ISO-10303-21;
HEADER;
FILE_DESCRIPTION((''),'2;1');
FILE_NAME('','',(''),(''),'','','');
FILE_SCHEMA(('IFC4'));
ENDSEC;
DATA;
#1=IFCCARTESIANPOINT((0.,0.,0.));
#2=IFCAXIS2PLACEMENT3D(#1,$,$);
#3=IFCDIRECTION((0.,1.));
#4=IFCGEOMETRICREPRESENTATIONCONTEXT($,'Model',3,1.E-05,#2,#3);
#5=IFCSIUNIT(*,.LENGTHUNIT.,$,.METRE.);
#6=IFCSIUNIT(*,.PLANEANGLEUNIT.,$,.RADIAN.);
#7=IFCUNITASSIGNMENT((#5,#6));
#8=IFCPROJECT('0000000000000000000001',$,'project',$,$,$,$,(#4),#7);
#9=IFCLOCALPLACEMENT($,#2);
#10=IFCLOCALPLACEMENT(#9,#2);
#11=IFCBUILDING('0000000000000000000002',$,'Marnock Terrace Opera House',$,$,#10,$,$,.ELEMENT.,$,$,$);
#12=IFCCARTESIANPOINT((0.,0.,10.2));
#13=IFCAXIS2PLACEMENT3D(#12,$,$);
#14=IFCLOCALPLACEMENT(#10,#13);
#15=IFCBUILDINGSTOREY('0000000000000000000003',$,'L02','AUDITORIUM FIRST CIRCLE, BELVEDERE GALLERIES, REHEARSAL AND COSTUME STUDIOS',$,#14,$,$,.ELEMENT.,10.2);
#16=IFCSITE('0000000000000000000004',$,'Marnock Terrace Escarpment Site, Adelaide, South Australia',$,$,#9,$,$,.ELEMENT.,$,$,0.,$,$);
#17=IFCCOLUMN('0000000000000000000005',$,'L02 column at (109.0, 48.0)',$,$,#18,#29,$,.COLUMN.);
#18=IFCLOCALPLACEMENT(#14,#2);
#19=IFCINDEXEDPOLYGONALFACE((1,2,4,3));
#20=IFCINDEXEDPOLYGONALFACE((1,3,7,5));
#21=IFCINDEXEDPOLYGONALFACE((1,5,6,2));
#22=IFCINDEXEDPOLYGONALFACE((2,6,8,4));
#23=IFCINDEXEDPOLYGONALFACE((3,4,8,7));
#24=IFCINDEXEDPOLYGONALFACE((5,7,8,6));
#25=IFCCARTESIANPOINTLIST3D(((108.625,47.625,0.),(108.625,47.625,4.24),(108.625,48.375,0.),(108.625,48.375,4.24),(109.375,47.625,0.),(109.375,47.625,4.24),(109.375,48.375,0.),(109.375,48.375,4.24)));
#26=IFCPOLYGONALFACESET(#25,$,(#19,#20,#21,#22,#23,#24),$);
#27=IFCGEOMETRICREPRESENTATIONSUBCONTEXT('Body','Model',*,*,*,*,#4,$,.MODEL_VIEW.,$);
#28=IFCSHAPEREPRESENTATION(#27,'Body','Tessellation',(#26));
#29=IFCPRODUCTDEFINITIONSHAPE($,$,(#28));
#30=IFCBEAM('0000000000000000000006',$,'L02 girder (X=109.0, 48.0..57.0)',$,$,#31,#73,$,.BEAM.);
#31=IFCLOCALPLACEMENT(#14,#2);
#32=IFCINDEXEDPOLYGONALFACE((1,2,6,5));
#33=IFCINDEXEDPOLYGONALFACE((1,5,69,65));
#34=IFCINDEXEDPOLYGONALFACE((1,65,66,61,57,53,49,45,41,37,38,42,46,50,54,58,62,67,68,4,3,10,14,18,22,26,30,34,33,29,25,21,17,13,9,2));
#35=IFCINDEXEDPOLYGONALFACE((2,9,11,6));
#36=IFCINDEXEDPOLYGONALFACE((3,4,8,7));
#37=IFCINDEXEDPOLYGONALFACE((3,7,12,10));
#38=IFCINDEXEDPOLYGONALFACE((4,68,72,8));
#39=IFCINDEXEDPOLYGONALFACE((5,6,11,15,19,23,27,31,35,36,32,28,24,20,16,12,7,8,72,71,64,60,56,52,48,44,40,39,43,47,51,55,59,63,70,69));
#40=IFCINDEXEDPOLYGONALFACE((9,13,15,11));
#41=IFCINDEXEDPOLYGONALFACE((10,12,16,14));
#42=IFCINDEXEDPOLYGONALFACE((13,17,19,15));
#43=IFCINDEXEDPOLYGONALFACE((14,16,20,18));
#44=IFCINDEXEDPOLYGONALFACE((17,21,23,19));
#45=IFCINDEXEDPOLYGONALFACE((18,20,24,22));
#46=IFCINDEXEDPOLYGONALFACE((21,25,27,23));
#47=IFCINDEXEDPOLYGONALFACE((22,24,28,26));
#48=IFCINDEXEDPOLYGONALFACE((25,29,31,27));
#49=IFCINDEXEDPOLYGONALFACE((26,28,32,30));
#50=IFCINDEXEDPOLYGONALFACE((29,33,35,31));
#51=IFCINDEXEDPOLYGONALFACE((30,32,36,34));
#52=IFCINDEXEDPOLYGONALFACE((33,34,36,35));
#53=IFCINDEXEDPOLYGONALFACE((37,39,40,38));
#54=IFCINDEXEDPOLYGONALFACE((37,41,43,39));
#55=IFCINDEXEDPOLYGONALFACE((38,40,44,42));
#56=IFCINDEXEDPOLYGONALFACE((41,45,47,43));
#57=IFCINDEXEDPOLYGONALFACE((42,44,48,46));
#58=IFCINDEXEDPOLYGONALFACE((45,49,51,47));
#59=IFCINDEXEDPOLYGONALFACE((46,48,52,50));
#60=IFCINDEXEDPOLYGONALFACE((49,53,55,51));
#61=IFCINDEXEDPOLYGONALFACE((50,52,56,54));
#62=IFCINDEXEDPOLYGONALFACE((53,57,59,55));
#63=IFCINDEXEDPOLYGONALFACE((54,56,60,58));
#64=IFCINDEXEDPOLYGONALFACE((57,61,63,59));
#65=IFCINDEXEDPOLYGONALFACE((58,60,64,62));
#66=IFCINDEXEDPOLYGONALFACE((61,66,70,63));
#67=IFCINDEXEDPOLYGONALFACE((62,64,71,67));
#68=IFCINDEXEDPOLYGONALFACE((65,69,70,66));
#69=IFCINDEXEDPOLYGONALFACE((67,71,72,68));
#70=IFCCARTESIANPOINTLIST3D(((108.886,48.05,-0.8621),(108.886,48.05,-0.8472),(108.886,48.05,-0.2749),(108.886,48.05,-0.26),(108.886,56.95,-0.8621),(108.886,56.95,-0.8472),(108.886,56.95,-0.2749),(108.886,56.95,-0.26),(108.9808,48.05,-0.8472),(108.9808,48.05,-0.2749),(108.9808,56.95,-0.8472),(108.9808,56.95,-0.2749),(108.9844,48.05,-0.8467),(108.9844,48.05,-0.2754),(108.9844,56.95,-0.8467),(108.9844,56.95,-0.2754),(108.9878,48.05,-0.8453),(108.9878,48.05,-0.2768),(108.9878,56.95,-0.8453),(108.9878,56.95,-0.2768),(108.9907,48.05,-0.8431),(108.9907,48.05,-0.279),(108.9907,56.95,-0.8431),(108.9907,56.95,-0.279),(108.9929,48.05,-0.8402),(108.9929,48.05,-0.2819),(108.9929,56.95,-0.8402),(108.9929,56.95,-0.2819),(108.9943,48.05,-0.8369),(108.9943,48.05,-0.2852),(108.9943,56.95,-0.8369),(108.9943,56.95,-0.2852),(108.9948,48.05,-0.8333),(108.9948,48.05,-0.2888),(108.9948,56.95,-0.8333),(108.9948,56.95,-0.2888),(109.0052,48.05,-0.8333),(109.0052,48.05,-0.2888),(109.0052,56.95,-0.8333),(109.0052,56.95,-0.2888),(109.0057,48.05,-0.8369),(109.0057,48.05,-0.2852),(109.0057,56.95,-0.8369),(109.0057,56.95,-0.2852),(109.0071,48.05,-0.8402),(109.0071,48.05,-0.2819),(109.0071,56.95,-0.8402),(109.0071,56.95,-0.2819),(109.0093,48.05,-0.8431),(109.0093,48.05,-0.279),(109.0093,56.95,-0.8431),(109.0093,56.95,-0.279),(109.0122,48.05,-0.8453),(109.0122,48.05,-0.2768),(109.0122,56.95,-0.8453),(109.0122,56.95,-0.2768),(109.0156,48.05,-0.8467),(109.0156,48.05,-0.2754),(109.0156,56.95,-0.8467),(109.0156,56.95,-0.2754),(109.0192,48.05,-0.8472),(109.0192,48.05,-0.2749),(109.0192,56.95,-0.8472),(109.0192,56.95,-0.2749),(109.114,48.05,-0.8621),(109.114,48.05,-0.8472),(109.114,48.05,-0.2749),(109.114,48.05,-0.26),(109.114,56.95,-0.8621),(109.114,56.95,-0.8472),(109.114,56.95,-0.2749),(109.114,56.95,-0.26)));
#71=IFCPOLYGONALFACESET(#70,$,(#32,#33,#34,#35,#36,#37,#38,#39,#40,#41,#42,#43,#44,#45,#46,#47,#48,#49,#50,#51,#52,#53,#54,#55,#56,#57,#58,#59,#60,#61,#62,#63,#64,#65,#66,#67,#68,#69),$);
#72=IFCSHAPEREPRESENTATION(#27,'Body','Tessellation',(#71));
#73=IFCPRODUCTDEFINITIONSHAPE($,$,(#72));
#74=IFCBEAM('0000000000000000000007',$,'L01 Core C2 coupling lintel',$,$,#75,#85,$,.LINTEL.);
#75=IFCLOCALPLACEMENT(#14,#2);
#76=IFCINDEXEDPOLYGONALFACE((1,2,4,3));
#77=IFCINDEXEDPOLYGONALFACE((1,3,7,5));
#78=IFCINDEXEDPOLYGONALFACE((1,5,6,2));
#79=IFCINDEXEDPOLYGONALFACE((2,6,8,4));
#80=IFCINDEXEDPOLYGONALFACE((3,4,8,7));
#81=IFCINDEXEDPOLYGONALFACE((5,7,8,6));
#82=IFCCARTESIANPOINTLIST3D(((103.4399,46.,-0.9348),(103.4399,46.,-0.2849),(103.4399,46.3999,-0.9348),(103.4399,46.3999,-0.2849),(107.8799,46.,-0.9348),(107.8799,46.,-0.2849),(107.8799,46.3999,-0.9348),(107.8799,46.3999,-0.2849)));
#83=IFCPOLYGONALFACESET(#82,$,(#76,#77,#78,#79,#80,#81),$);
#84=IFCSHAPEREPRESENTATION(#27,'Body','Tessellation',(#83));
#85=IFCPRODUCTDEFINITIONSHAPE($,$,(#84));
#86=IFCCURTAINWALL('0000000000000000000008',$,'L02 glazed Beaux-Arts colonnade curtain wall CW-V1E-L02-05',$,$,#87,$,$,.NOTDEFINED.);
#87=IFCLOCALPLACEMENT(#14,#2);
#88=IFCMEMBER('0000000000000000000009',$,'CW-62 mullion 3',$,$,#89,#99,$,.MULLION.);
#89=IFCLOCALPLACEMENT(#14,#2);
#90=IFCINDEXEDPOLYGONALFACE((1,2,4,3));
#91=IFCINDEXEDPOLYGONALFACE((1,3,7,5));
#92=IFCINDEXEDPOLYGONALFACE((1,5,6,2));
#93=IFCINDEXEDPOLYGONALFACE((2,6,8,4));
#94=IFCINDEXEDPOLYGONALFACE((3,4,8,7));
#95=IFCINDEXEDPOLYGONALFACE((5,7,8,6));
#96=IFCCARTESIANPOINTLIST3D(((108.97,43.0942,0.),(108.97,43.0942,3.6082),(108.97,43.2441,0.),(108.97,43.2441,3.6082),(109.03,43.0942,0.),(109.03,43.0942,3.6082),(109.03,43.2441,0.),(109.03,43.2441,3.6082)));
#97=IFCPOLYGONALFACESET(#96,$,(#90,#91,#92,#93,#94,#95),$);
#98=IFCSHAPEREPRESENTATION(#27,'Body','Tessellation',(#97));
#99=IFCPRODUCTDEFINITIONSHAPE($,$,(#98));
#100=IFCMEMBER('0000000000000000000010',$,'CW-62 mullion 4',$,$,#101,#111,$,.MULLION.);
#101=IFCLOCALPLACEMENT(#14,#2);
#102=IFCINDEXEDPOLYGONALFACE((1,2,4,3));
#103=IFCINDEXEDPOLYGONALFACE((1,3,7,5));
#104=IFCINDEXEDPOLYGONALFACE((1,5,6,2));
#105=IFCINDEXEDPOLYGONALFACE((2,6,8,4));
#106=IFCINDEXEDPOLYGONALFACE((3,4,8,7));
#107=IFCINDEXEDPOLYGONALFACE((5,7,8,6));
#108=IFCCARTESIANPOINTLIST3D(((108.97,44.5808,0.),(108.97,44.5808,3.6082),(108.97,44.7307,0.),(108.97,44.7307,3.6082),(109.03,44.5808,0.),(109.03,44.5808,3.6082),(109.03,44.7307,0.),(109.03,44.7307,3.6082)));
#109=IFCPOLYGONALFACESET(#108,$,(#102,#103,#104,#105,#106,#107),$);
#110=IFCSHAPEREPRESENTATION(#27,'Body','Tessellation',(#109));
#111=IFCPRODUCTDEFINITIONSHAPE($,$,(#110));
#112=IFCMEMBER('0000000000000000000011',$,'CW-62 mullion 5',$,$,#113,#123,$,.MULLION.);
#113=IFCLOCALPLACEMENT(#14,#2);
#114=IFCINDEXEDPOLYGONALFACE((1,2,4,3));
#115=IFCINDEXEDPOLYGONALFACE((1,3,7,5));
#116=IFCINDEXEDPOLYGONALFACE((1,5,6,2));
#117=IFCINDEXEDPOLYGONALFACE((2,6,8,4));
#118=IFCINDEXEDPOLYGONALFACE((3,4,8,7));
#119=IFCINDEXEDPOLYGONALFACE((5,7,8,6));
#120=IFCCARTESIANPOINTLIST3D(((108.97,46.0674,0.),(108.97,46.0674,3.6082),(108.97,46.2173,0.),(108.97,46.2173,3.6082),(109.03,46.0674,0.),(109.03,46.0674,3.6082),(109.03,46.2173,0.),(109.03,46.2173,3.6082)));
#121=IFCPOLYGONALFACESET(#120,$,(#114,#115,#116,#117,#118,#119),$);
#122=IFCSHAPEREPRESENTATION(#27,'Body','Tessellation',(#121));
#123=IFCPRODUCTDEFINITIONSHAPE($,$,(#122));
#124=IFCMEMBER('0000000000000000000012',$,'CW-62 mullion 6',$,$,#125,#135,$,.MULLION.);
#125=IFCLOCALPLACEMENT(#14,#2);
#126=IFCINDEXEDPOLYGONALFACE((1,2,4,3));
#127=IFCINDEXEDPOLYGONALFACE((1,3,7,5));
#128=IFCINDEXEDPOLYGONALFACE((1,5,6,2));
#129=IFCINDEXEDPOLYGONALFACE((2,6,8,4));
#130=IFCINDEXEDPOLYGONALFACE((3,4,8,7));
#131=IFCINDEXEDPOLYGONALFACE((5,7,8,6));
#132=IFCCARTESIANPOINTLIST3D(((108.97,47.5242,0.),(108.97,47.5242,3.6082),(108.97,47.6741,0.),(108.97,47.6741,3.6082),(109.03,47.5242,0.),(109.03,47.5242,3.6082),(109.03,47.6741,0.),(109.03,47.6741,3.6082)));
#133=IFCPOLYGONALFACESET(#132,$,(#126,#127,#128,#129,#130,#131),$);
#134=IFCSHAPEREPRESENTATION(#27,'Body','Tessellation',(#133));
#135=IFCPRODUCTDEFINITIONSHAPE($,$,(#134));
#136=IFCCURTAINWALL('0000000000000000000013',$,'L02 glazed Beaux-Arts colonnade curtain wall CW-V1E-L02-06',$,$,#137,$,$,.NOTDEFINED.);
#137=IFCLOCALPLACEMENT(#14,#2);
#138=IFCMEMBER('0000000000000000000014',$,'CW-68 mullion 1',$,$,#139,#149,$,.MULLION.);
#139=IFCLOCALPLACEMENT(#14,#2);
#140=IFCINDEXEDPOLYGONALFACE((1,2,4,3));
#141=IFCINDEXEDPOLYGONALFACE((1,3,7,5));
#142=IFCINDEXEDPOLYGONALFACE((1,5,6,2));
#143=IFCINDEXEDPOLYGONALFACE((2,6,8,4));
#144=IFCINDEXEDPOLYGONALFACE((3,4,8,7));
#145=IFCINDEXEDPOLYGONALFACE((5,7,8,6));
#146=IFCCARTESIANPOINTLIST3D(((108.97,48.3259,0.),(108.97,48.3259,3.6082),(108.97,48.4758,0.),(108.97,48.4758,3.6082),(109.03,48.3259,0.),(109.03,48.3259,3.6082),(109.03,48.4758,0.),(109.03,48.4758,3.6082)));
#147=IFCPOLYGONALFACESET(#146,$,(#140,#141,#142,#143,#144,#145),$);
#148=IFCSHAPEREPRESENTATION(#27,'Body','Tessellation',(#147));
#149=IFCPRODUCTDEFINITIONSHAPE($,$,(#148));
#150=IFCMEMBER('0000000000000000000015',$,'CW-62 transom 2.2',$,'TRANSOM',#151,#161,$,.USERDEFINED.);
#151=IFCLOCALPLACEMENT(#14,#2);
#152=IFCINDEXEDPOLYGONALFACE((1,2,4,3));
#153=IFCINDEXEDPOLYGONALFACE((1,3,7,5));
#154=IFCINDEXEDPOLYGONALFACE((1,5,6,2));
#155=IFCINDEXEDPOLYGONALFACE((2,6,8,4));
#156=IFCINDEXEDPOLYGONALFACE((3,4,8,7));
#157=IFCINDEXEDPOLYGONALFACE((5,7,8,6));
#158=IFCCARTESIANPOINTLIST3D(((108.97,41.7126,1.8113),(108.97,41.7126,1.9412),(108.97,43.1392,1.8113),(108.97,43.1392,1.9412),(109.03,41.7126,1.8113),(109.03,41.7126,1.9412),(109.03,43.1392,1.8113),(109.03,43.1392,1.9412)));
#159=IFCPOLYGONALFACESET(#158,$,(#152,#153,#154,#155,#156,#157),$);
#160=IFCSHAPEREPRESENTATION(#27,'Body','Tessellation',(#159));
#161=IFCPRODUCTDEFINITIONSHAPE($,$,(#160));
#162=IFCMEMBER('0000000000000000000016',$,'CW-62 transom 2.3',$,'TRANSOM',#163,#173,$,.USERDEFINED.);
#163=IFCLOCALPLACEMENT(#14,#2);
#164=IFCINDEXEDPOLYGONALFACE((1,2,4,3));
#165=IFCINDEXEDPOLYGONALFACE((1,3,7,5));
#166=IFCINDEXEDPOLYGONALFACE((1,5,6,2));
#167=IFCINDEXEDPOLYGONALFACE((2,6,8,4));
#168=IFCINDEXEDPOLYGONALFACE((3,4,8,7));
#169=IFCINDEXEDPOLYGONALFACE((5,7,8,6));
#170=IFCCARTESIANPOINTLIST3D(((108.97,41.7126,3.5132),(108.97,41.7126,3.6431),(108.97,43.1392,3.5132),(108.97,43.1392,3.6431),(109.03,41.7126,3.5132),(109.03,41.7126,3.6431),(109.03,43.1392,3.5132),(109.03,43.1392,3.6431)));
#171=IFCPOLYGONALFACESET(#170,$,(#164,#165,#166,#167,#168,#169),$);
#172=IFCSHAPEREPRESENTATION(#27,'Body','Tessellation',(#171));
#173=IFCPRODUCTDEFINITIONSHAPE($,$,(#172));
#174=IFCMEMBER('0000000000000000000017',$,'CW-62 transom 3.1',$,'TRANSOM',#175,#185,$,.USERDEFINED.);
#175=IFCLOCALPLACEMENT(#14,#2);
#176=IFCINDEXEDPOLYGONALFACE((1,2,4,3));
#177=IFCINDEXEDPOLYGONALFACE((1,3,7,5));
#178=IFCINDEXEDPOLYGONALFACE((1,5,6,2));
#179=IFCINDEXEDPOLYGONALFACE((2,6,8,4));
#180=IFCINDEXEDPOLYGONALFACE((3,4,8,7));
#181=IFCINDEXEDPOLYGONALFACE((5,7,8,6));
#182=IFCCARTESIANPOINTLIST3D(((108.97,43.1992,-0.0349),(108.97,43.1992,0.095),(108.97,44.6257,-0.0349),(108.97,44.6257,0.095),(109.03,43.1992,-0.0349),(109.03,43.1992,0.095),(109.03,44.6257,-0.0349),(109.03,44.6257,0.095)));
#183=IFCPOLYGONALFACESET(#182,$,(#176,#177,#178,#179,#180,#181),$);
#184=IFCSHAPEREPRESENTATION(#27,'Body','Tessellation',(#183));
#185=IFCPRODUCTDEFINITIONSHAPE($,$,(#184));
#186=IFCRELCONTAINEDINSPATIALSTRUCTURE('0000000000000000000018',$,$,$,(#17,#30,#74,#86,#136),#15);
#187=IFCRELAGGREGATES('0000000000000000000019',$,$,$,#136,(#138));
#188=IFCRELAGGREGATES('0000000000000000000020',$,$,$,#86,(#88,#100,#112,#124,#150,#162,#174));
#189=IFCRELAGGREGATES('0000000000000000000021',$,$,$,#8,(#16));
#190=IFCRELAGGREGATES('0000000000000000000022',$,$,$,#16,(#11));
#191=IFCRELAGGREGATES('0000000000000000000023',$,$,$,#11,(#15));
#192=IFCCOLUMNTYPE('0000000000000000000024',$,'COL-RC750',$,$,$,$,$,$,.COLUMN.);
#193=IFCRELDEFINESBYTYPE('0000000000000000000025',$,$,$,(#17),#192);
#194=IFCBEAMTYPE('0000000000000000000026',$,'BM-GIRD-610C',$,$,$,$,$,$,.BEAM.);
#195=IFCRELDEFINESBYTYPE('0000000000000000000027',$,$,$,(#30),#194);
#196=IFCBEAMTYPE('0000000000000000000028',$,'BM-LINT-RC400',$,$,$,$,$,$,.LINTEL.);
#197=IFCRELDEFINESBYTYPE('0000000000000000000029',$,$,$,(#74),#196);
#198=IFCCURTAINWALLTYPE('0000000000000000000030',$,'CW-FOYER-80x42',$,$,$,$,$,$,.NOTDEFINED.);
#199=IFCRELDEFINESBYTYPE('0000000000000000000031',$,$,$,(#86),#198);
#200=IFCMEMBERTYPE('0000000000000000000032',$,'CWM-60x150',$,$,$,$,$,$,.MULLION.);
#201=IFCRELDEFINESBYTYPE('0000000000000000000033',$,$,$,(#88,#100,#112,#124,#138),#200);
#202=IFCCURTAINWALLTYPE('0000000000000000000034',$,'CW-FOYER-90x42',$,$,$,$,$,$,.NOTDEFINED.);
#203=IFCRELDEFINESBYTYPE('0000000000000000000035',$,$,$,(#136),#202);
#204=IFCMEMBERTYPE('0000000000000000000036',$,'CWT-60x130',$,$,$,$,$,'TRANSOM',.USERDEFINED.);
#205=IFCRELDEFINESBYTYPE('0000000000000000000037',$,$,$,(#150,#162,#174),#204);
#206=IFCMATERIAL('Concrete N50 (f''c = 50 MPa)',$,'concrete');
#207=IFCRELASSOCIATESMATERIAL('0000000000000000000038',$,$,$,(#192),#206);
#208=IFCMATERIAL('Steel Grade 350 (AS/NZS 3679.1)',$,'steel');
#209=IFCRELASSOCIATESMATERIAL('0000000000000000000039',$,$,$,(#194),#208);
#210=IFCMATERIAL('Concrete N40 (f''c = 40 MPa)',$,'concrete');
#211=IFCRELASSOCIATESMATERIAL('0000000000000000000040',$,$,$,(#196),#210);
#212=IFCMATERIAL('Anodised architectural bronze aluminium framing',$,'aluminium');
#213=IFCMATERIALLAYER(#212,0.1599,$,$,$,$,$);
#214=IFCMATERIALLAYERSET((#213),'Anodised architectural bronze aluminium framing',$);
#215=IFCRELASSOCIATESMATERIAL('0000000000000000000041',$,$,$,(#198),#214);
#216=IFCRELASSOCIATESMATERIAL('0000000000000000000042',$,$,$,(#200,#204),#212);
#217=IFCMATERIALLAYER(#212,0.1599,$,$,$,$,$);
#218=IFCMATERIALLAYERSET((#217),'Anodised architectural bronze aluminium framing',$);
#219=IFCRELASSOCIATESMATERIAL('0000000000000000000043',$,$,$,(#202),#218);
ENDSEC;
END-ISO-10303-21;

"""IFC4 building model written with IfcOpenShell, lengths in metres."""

from ifc_helpers import new_model, si_unit, direction, frame, origin, origin_2d, place, context, subcontext, project, spatial, rectangle, i_section, extrude, material, layer, layer_set, material_profile, profile_set, type_object, element, aggregate, save


model = new_model("IFC4")

# Units and contexts
model_context = context("Model", 3, precision=1e-05, world=origin(), true_north=direction((0.0, 1.0)))
body_context = subcontext(model_context, "Body", "Model", "MODEL_VIEW")
ifc_project = project(units=[si_unit("LENGTHUNIT", "METRE"), si_unit("PLANEANGLEUNIT", "RADIAN")], contexts=[model_context])

# Site, building, storey
site_placement = place(None, origin())
site = spatial("IfcSite", under=ifc_project, at=site_placement, Name="Marnock Terrace Escarpment Site, Adelaide, South Australia", CompositionType="ELEMENT", RefElevation=0.0)
building_placement = place(site_placement, origin())
building = spatial("IfcBuilding", under=site, at=building_placement, Name="Marnock Terrace Opera House", CompositionType="ELEMENT")
storey_placement = place(building_placement, frame((0.0, 0.0, 10.2)))
storey = spatial("IfcBuildingStorey", under=building, at=storey_placement, Name="L02", Description="AUDITORIUM FIRST CIRCLE, BELVEDERE GALLERIES, REHEARSAL AND COSTUME STUDIOS", CompositionType="ELEMENT", Elevation=10.2)

# Column
ifc_material_1 = material(Name="Concrete N50 (f'c = 50 MPa)", Category="concrete")
ifc_material_profile_1 = material_profile(ifc_material_1, rectangle(XDim=0.75, YDim=0.75, at=origin_2d()))
ifc_profile_set_1 = profile_set([ifc_material_profile_1], Name="Concrete N50 (f'c = 50 MPa)")
column_type = type_object("IfcColumnType", Name="COL-RC750", PredefinedType="COLUMN", material=ifc_profile_set_1)
column_placement = place(storey_placement, frame((109.0, 48.0, 0.0), z_axis=(0.0, 0.0, 1.0), x_axis=(1.0, 0.0, 0.0)))
element("IfcColumn", 1, at=column_placement, inside=storey, type_object=column_type, Name="L02 column at (109.0, 48.0)", PredefinedType="COLUMN", context=body_context, shape_type="SweptSolid", body=[
    extrude(rectangle(XDim=0.75, YDim=0.75, at=origin_2d()), origin(), (0.0, 0.0, 1.0), 4.24),
])

# Beams
ifc_material_2 = material(Name="Steel Grade 350 (AS/NZS 3679.1)", Category="steel")
ifc_material_profile_2 = material_profile(ifc_material_2, i_section(OverallWidth=0.228, OverallDepth=0.6021, WebThickness=0.0105, FlangeThickness=0.0149, FilletRadius=0.0139, at=origin_2d()))
ifc_profile_set_2 = profile_set([ifc_material_profile_2], Name="Steel Grade 350 (AS/NZS 3679.1)")
beam_type_1 = type_object("IfcBeamType", Name="BM-GIRD-610C", PredefinedType="BEAM", material=ifc_profile_set_2)
beam_1_placement = place(storey_placement, frame((109.0, 48.05, -0.561), z_axis=(0.0, 1.0, 0.0), x_axis=(-1.0, 0.0, 0.0)))
element("IfcBeam", 2, at=beam_1_placement, inside=storey, type_object=beam_type_1, Name="L02 girder (X=109.0, 48.0..57.0)", PredefinedType="BEAM", context=body_context, shape_type="SweptSolid", body=[
    extrude(i_section(OverallWidth=0.228, OverallDepth=0.6021, WebThickness=0.0105, FlangeThickness=0.0149, FilletRadius=0.0139, at=origin_2d()), origin(), (0.0, 0.0, 1.0), 8.8999),
])
ifc_material_3 = material(Name="Concrete N40 (f'c = 40 MPa)", Category="concrete")
ifc_material_profile_3 = material_profile(ifc_material_3, rectangle(XDim=0.3999, YDim=0.6499, at=origin_2d()))
ifc_profile_set_3 = profile_set([ifc_material_profile_3], Name="Concrete N40 (f'c = 40 MPa)")
beam_type_2 = type_object("IfcBeamType", Name="BM-LINT-RC400", PredefinedType="LINTEL", material=ifc_profile_set_3)
beam_2_placement = place(storey_placement, frame((103.4399, 46.2, -0.6099), z_axis=(1.0, 0.0, 0.0), x_axis=(0.0, 1.0, 0.0)))
element("IfcBeam", 3, at=beam_2_placement, inside=storey, type_object=beam_type_2, Name="L01 Core C2 coupling lintel", PredefinedType="LINTEL", context=body_context, shape_type="SweptSolid", body=[
    extrude(rectangle(XDim=0.3999, YDim=0.6499, at=origin_2d()), origin(), (0.0, 0.0, 1.0), 4.4399),
])

# Curtain wall, members
ifc_material_4 = material(Name="Anodised architectural bronze aluminium framing", Category="aluminium")
ifc_layer_1 = layer(ifc_material_4, 0.1599)
ifc_layer_set_1 = layer_set([ifc_layer_1], Name="Anodised architectural bronze aluminium framing")
curtain_wall_type_1 = type_object("IfcCurtainWallType", Name="CW-FOYER-80x42", PredefinedType="NOTDEFINED", material=ifc_layer_set_1)
curtain_wall_1_placement = place(storey_placement, origin())
curtain_wall_1 = element("IfcCurtainWall", 4, at=curtain_wall_1_placement, inside=storey, type_object=curtain_wall_type_1, Name="L02 glazed Beaux-Arts colonnade curtain wall CW-V1E-L02-05", PredefinedType="NOTDEFINED")
ifc_material_profile_4 = material_profile(ifc_material_4, rectangle(XDim=0.0601, YDim=0.1499, at=origin_2d()))
ifc_profile_set_4 = profile_set([ifc_material_profile_4], Name="Anodised architectural bronze aluminium framing")
member_type_1 = type_object("IfcMemberType", Name="CWM-60x150", PredefinedType="MULLION", material=ifc_profile_set_4)
member_1_placement = place(storey_placement, frame((109.0, 43.1692, 0.0), z_axis=(0.0, 0.0, 1.0), x_axis=(-1.0, 0.0, 0.0)))
member_1 = element("IfcMember", 5, at=member_1_placement, type_object=member_type_1, Name="CW-62 mullion 3", PredefinedType="MULLION", context=body_context, shape_type="SweptSolid", body=[
    extrude(rectangle(XDim=0.0601, YDim=0.1499, at=origin_2d()), origin(), (0.0, 0.0, 1.0), 3.6082),
])
member_2_placement = place(storey_placement, frame((109.0, 44.6558, 0.0), z_axis=(0.0, 0.0, 1.0), x_axis=(-1.0, 0.0, 0.0)))
member_2 = element("IfcMember", 6, at=member_2_placement, type_object=member_type_1, Name="CW-62 mullion 4", PredefinedType="MULLION", context=body_context, shape_type="SweptSolid", body=[
    extrude(rectangle(XDim=0.0601, YDim=0.1499, at=origin_2d()), origin(), (0.0, 0.0, 1.0), 3.6082),
])
member_3_placement = place(storey_placement, frame((109.0, 46.1423, 0.0), z_axis=(0.0, 0.0, 1.0), x_axis=(-1.0, 0.0, 0.0)))
member_3 = element("IfcMember", 7, at=member_3_placement, type_object=member_type_1, Name="CW-62 mullion 5", PredefinedType="MULLION", context=body_context, shape_type="SweptSolid", body=[
    extrude(rectangle(XDim=0.0601, YDim=0.1499, at=origin_2d()), origin(), (0.0, 0.0, 1.0), 3.6082),
])
member_4_placement = place(storey_placement, frame((109.0, 47.5991, 0.0), z_axis=(0.0, 0.0, 1.0), x_axis=(-1.0, 0.0, 0.0)))
member_4 = element("IfcMember", 8, at=member_4_placement, type_object=member_type_1, Name="CW-62 mullion 6", PredefinedType="MULLION", context=body_context, shape_type="SweptSolid", body=[
    extrude(rectangle(XDim=0.0601, YDim=0.1499, at=origin_2d()), origin(), (0.0, 0.0, 1.0), 3.6082),
])

# Curtain wall, member
ifc_layer_2 = layer(ifc_material_4, 0.1599)
ifc_layer_set_2 = layer_set([ifc_layer_2], Name="Anodised architectural bronze aluminium framing")
curtain_wall_type_2 = type_object("IfcCurtainWallType", Name="CW-FOYER-90x42", PredefinedType="NOTDEFINED", material=ifc_layer_set_2)
curtain_wall_2_placement = place(storey_placement, origin())
curtain_wall_2 = element("IfcCurtainWall", 9, at=curtain_wall_2_placement, inside=storey, type_object=curtain_wall_type_2, Name="L02 glazed Beaux-Arts colonnade curtain wall CW-V1E-L02-06", PredefinedType="NOTDEFINED")
member_5_placement = place(storey_placement, frame((109.0, 48.4009, 0.0), z_axis=(0.0, 0.0, 1.0), x_axis=(-1.0, 0.0, 0.0)))
member_5 = element("IfcMember", 10, at=member_5_placement, type_object=member_type_1, Name="CW-68 mullion 1", PredefinedType="MULLION", context=body_context, shape_type="SweptSolid", body=[
    extrude(rectangle(XDim=0.0601, YDim=0.1499, at=origin_2d()), origin(), (0.0, 0.0, 1.0), 3.6082),
])

# Members
ifc_material_profile_5 = material_profile(ifc_material_4, rectangle(XDim=0.0601, YDim=0.1299, at=origin_2d()))
ifc_profile_set_5 = profile_set([ifc_material_profile_5], Name="Anodised architectural bronze aluminium framing")
member_type_2 = type_object("IfcMemberType", Name="CWT-60x130", ElementType="TRANSOM", PredefinedType="USERDEFINED", material=ifc_profile_set_5)
member_6_placement = place(storey_placement, frame((109.0, 41.7126, 1.8762), z_axis=(0.0, 1.0, 0.0), x_axis=(-1.0, 0.0, 0.0)))
member_6 = element("IfcMember", 11, at=member_6_placement, type_object=member_type_2, Name="CW-62 transom 2.2", ObjectType="TRANSOM", PredefinedType="USERDEFINED", context=body_context, shape_type="SweptSolid", body=[
    extrude(rectangle(XDim=0.0601, YDim=0.1299, at=origin_2d()), origin(), (0.0, 0.0, 1.0), 1.4265),
])
member_7_placement = place(storey_placement, frame((109.0, 41.7126, 3.5781), z_axis=(0.0, 1.0, 0.0), x_axis=(-1.0, 0.0, 0.0)))
member_7 = element("IfcMember", 12, at=member_7_placement, type_object=member_type_2, Name="CW-62 transom 2.3", ObjectType="TRANSOM", PredefinedType="USERDEFINED", context=body_context, shape_type="SweptSolid", body=[
    extrude(rectangle(XDim=0.0601, YDim=0.1299, at=origin_2d()), origin(), (0.0, 0.0, 1.0), 1.4265),
])
member_8_placement = place(storey_placement, frame((109.0, 43.1992, 0.03), z_axis=(0.0, 1.0, 0.0), x_axis=(-1.0, 0.0, 0.0)))
member_8 = element("IfcMember", 13, at=member_8_placement, type_object=member_type_2, Name="CW-62 transom 3.1", ObjectType="TRANSOM", PredefinedType="USERDEFINED", context=body_context, shape_type="SweptSolid", body=[
    extrude(rectangle(XDim=0.0601, YDim=0.1299, at=origin_2d()), origin(), (0.0, 0.0, 1.0), 1.4265),
])
aggregate(curtain_wall_2, [member_5])

aggregate(curtain_wall_1, [member_1, member_2, member_3, member_4, member_6, member_7, member_8])

save(model, "model.ifc")
